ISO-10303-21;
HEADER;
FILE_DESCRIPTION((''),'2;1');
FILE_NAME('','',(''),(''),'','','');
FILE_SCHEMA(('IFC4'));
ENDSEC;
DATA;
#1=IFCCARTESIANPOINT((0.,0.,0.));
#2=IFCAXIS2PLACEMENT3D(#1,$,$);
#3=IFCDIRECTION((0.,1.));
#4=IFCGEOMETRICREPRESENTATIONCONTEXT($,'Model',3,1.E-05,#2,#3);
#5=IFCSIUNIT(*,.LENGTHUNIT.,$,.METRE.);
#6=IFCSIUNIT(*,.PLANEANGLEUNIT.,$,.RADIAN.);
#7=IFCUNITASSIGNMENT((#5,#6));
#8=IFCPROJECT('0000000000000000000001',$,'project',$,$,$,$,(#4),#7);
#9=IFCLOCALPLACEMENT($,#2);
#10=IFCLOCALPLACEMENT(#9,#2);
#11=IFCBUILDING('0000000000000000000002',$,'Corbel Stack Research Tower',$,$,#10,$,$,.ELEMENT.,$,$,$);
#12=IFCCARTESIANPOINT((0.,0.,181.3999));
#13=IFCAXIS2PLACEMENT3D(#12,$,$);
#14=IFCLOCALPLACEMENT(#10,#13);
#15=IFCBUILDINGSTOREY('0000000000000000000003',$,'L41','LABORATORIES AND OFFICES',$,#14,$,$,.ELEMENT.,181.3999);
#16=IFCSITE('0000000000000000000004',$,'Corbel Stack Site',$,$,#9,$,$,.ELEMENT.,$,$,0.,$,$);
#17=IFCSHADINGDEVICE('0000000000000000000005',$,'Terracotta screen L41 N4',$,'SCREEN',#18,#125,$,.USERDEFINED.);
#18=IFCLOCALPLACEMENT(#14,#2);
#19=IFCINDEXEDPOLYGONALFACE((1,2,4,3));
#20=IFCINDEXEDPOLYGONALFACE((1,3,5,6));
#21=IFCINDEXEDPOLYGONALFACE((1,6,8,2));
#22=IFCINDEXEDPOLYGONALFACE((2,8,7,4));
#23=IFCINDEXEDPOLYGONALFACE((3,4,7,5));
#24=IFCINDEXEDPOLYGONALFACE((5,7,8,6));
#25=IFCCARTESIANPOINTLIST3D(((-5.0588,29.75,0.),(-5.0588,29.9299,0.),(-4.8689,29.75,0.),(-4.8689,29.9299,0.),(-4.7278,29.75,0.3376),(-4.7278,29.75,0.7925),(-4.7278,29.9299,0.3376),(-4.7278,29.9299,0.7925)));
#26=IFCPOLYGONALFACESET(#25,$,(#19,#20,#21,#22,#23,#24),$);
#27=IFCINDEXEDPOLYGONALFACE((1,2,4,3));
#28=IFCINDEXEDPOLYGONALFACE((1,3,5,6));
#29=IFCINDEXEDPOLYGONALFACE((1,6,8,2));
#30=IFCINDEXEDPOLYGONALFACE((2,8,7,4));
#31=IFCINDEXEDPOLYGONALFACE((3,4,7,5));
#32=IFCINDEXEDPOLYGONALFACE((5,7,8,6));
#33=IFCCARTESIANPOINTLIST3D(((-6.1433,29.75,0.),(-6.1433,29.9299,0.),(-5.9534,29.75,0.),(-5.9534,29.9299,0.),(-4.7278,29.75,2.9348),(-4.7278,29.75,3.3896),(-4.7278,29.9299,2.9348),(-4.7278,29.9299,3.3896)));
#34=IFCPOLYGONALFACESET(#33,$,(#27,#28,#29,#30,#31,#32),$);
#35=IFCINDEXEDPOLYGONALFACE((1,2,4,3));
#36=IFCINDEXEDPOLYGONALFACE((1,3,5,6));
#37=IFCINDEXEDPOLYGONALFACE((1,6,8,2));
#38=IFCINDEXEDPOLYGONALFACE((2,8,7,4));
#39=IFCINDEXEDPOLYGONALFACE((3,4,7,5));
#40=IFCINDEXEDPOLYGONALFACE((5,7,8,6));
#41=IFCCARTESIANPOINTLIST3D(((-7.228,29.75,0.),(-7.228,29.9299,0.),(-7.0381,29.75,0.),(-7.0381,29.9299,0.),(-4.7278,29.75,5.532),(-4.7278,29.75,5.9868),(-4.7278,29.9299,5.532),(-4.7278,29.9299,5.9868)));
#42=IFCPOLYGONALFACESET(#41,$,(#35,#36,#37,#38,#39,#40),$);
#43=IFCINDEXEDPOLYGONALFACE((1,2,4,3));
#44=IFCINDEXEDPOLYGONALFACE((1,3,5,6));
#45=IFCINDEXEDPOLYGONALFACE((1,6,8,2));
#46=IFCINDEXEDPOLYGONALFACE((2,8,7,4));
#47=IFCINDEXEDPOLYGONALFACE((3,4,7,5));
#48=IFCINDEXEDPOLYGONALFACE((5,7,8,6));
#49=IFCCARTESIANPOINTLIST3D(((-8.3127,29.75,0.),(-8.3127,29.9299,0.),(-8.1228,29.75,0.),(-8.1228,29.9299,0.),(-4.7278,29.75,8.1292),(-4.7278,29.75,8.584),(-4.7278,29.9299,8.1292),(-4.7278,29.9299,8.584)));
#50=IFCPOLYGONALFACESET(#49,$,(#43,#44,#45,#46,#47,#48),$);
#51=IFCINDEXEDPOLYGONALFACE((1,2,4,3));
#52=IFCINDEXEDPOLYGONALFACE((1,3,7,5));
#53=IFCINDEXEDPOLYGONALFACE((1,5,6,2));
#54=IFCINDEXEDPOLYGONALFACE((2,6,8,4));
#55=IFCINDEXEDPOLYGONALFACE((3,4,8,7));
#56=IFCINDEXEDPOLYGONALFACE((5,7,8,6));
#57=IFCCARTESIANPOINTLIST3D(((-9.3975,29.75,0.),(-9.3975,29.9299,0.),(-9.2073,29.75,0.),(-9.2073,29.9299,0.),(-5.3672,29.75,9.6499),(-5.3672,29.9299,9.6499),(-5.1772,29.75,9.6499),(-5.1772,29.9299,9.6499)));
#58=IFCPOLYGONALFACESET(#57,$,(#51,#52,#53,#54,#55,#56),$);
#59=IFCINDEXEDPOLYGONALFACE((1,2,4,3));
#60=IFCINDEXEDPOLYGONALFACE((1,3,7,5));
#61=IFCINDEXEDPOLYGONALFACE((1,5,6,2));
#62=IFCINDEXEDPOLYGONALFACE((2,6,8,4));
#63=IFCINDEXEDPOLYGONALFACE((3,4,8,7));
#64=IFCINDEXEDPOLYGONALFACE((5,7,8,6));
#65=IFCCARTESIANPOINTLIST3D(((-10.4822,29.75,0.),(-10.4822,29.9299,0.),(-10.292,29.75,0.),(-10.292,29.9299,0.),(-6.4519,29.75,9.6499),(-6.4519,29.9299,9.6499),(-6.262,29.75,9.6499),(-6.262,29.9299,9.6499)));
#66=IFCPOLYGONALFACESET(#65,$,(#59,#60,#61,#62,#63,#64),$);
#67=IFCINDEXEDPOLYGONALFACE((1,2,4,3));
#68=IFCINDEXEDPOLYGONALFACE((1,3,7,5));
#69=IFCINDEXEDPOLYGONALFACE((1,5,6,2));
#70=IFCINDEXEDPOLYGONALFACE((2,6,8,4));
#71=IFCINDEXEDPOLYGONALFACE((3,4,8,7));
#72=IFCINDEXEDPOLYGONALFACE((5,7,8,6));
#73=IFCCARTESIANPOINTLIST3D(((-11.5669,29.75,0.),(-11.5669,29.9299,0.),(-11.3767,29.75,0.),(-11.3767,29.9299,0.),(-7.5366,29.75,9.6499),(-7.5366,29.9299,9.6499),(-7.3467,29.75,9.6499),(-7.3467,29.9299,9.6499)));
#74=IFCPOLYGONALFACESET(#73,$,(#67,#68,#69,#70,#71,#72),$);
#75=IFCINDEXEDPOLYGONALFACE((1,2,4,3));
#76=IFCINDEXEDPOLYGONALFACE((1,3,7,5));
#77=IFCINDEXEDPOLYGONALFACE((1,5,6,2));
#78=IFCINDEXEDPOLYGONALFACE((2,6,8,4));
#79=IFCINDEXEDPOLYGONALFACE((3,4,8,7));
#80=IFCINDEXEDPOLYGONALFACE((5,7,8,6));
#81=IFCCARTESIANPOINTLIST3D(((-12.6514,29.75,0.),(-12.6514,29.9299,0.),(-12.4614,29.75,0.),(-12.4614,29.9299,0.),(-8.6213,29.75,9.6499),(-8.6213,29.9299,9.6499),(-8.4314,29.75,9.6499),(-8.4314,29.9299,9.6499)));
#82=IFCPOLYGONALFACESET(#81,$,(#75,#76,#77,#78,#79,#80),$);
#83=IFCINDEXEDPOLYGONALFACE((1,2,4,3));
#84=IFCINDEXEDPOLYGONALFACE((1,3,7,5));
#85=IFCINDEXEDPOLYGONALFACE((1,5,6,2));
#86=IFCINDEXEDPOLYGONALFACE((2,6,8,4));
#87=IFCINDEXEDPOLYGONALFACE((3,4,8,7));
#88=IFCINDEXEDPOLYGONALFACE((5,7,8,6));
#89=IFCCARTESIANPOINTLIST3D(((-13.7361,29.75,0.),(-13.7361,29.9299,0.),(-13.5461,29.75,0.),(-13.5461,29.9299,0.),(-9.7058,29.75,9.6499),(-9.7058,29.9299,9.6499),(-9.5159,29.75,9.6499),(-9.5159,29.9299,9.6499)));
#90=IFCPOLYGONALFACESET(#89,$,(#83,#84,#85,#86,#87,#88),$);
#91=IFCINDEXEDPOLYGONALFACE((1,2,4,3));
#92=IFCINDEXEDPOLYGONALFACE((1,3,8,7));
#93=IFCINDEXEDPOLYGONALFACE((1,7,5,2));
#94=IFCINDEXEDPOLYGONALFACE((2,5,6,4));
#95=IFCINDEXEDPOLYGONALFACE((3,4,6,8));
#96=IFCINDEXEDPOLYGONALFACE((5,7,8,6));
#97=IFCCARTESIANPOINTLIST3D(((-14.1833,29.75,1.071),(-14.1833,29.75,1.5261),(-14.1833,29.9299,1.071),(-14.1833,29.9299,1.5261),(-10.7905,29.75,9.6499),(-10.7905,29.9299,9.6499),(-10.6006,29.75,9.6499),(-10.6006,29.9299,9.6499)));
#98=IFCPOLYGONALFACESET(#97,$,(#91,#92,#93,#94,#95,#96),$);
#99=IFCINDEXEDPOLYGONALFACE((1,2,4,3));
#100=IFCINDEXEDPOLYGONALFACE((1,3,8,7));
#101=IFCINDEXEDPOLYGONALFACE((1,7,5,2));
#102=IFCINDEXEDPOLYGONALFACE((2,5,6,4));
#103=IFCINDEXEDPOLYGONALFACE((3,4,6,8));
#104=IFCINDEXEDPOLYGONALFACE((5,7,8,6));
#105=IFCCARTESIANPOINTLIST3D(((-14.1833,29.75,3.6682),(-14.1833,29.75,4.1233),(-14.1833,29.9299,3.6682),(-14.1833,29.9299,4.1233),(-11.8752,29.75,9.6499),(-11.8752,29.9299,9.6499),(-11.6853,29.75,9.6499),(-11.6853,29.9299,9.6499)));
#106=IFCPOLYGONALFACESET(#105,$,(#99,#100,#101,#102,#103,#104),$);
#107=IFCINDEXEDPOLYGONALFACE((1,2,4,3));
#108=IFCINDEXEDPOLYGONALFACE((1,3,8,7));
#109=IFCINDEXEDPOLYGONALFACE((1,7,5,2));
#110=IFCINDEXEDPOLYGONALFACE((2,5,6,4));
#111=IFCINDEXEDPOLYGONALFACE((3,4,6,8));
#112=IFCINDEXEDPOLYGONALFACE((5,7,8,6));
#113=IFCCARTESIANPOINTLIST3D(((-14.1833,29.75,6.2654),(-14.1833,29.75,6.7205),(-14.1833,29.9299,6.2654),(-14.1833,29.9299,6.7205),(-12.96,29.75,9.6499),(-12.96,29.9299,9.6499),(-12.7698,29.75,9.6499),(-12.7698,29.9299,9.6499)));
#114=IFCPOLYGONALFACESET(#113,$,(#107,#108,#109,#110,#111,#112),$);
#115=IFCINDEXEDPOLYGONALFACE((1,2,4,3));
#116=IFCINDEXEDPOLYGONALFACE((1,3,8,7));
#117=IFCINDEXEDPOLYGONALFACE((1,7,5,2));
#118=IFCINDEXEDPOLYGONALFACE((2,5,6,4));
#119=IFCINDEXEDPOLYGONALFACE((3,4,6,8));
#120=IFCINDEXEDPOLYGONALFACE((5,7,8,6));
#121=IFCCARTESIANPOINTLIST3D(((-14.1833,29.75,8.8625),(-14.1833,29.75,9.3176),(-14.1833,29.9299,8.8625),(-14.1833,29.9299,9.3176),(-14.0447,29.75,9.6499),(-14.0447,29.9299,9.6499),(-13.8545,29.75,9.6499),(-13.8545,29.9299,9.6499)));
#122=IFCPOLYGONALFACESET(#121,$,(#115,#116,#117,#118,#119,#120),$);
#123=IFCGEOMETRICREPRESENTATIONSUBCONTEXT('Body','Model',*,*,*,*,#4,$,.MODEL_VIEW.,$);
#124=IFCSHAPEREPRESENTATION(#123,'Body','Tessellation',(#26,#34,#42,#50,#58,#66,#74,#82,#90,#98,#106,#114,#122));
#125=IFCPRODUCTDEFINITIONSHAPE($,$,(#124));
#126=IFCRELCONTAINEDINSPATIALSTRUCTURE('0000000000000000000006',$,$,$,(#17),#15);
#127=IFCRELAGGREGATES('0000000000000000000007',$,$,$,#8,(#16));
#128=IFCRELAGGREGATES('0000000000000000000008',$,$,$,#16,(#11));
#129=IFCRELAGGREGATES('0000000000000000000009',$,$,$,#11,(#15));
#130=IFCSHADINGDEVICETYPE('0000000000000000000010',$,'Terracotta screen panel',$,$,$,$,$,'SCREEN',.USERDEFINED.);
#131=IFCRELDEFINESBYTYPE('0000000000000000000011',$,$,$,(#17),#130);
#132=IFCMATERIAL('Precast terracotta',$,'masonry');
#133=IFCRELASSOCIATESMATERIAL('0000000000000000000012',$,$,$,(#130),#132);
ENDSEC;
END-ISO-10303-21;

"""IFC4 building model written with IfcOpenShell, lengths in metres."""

from ifc_helpers import new_model, si_unit, direction, frame, origin, place, context, subcontext, project, spatial, polyline, outline, extrude, source, transform, mapped, material, type_object, element, save


model = new_model("IFC4")

# Units and contexts
model_context = context("Model", 3, precision=1e-05, world=origin(), true_north=direction((0.0, 1.0)))
body_context = subcontext(model_context, "Body", "Model", "MODEL_VIEW")
ifc_project = project(units=[si_unit("LENGTHUNIT", "METRE"), si_unit("PLANEANGLEUNIT", "RADIAN")], contexts=[model_context])

# Site, building, storey
site_placement = place(None, origin())
site = spatial("IfcSite", under=ifc_project, at=site_placement, Name="Corbel Stack Site", CompositionType="ELEMENT", RefElevation=0.0)
building_placement = place(site_placement, origin())
building = spatial("IfcBuilding", under=site, at=building_placement, Name="Corbel Stack Research Tower", CompositionType="ELEMENT")
storey_placement = place(building_placement, frame((0.0, 0.0, 181.3999)))
storey = spatial("IfcBuildingStorey", under=building, at=storey_placement, Name="L41", Description="LABORATORIES AND OFFICES", CompositionType="ELEMENT", Elevation=181.3999)

# Shading device
ifc_material_1 = material(Name="Precast terracotta", Category="masonry")
shading_device_type = type_object("IfcShadingDeviceType", Name="Terracotta screen panel", ElementType="SCREEN", PredefinedType="USERDEFINED", material=ifc_material_1)
shared_shape = source(origin(), body_context, "Body", "SweptSolid", [
    extrude(outline(polyline([(0.3311, 0.0), (0.0, 0.7925), (0.0, 0.3376), (0.1411, 0.0), (0.3311, 0.0)])), frame((0.0, 0.0, 0.0), z_axis=(0.0, -1.0, 0.0), x_axis=(1.0, 0.0, 0.0)), (0.0, 0.0, 1.0), 0.1799),
    extrude(outline(polyline([(1.4155, 0.0), (0.0, 3.3896), (0.0, 2.9348), (1.2256, 0.0), (1.4155, 0.0)])), frame((0.0, 0.0, 0.0), z_axis=(0.0, -1.0, 0.0), x_axis=(1.0, 0.0, 0.0)), (0.0, 0.0, 1.0), 0.1799),
    extrude(outline(polyline([(2.5002, 0.0), (0.0, 5.9868), (0.0, 5.532), (2.3103, 0.0), (2.5002, 0.0)])), frame((0.0, 0.0, 0.0), z_axis=(0.0, -1.0, 0.0), x_axis=(1.0, 0.0, 0.0)), (0.0, 0.0, 1.0), 0.1799),
    extrude(outline(polyline([(3.585, 0.0), (0.0, 8.584), (0.0, 8.1292), (3.395, 0.0), (3.585, 0.0)])), frame((0.0, 0.0, 0.0), z_axis=(0.0, -1.0, 0.0), x_axis=(1.0, 0.0, 0.0)), (0.0, 0.0, 1.0), 0.1799),
    extrude(outline(polyline([(4.6697, 0.0), (0.6394, 9.6499), (0.4495, 9.6499), (4.4795, 0.0), (4.6697, 0.0)])), frame((0.0, 0.0, 0.0), z_axis=(0.0, -1.0, 0.0), x_axis=(1.0, 0.0, 0.0)), (0.0, 0.0, 1.0), 0.1799),
    extrude(outline(polyline([(5.7544, 0.0), (1.7241, 9.6499), (1.5342, 9.6499), (5.5642, 0.0), (5.7544, 0.0)])), frame((0.0, 0.0, 0.0), z_axis=(0.0, -1.0, 0.0), x_axis=(1.0, 0.0, 0.0)), (0.0, 0.0, 1.0), 0.1799),
    extrude(outline(polyline([(6.8391, 0.0), (2.8088, 9.6499), (2.6189, 9.6499), (6.6489, 0.0), (6.8391, 0.0)])), frame((0.0, 0.0, 0.0), z_axis=(0.0, -1.0, 0.0), x_axis=(1.0, 0.0, 0.0)), (0.0, 0.0, 1.0), 0.1799),
    extrude(outline(polyline([(7.9236, 0.0), (3.8936, 9.6499), (3.7036, 9.6499), (7.7336, 0.0), (7.9236, 0.0)])), frame((0.0, 0.0, 0.0), z_axis=(0.0, -1.0, 0.0), x_axis=(1.0, 0.0, 0.0)), (0.0, 0.0, 1.0), 0.1799),
    extrude(outline(polyline([(9.0083, 0.0), (4.978, 9.6499), (4.7881, 9.6499), (8.8184, 0.0), (9.0083, 0.0)])), frame((0.0, 0.0, 0.0), z_axis=(0.0, -1.0, 0.0), x_axis=(1.0, 0.0, 0.0)), (0.0, 0.0, 1.0), 0.1799),
    extrude(outline(polyline([(6.0627, 9.6499), (5.8728, 9.6499), (9.4556, 1.071), (9.4556, 1.5261), (6.0627, 9.6499)])), frame((0.0, 0.0, 0.0), z_axis=(0.0, -1.0, 0.0), x_axis=(1.0, 0.0, 0.0)), (0.0, 0.0, 1.0), 0.1799),
    extrude(outline(polyline([(7.1475, 9.6499), (6.9575, 9.6499), (9.4556, 3.6682), (9.4556, 4.1233), (7.1475, 9.6499)])), frame((0.0, 0.0, 0.0), z_axis=(0.0, -1.0, 0.0), x_axis=(1.0, 0.0, 0.0)), (0.0, 0.0, 1.0), 0.1799),
    extrude(outline(polyline([(8.2322, 9.6499), (8.042, 9.6499), (9.4556, 6.2654), (9.4556, 6.7205), (8.2322, 9.6499)])), frame((0.0, 0.0, 0.0), z_axis=(0.0, -1.0, 0.0), x_axis=(1.0, 0.0, 0.0)), (0.0, 0.0, 1.0), 0.1799),
    extrude(outline(polyline([(9.3169, 9.6499), (9.1267, 9.6499), (9.4556, 8.8625), (9.4556, 9.3176), (9.3169, 9.6499)])), frame((0.0, 0.0, 0.0), z_axis=(0.0, -1.0, 0.0), x_axis=(1.0, 0.0, 0.0)), (0.0, 0.0, 1.0), 0.1799),
])
shading_device_placement = place(storey_placement, frame((-4.7278, 29.75, 0.0), z_axis=(0.0, 0.0, 1.0), x_axis=(-1.0, 0.0, 0.0)))
element("IfcShadingDevice", 1, at=shading_device_placement, inside=storey, type_object=shading_device_type, Name="Terracotta screen L41 N4", ObjectType="SCREEN", PredefinedType="USERDEFINED", context=body_context, shape_type="MappedRepresentation", body=[
    mapped(shared_shape, transform((0.0, 0.0, 0.0))),
])

save(model, "model.ifc")
